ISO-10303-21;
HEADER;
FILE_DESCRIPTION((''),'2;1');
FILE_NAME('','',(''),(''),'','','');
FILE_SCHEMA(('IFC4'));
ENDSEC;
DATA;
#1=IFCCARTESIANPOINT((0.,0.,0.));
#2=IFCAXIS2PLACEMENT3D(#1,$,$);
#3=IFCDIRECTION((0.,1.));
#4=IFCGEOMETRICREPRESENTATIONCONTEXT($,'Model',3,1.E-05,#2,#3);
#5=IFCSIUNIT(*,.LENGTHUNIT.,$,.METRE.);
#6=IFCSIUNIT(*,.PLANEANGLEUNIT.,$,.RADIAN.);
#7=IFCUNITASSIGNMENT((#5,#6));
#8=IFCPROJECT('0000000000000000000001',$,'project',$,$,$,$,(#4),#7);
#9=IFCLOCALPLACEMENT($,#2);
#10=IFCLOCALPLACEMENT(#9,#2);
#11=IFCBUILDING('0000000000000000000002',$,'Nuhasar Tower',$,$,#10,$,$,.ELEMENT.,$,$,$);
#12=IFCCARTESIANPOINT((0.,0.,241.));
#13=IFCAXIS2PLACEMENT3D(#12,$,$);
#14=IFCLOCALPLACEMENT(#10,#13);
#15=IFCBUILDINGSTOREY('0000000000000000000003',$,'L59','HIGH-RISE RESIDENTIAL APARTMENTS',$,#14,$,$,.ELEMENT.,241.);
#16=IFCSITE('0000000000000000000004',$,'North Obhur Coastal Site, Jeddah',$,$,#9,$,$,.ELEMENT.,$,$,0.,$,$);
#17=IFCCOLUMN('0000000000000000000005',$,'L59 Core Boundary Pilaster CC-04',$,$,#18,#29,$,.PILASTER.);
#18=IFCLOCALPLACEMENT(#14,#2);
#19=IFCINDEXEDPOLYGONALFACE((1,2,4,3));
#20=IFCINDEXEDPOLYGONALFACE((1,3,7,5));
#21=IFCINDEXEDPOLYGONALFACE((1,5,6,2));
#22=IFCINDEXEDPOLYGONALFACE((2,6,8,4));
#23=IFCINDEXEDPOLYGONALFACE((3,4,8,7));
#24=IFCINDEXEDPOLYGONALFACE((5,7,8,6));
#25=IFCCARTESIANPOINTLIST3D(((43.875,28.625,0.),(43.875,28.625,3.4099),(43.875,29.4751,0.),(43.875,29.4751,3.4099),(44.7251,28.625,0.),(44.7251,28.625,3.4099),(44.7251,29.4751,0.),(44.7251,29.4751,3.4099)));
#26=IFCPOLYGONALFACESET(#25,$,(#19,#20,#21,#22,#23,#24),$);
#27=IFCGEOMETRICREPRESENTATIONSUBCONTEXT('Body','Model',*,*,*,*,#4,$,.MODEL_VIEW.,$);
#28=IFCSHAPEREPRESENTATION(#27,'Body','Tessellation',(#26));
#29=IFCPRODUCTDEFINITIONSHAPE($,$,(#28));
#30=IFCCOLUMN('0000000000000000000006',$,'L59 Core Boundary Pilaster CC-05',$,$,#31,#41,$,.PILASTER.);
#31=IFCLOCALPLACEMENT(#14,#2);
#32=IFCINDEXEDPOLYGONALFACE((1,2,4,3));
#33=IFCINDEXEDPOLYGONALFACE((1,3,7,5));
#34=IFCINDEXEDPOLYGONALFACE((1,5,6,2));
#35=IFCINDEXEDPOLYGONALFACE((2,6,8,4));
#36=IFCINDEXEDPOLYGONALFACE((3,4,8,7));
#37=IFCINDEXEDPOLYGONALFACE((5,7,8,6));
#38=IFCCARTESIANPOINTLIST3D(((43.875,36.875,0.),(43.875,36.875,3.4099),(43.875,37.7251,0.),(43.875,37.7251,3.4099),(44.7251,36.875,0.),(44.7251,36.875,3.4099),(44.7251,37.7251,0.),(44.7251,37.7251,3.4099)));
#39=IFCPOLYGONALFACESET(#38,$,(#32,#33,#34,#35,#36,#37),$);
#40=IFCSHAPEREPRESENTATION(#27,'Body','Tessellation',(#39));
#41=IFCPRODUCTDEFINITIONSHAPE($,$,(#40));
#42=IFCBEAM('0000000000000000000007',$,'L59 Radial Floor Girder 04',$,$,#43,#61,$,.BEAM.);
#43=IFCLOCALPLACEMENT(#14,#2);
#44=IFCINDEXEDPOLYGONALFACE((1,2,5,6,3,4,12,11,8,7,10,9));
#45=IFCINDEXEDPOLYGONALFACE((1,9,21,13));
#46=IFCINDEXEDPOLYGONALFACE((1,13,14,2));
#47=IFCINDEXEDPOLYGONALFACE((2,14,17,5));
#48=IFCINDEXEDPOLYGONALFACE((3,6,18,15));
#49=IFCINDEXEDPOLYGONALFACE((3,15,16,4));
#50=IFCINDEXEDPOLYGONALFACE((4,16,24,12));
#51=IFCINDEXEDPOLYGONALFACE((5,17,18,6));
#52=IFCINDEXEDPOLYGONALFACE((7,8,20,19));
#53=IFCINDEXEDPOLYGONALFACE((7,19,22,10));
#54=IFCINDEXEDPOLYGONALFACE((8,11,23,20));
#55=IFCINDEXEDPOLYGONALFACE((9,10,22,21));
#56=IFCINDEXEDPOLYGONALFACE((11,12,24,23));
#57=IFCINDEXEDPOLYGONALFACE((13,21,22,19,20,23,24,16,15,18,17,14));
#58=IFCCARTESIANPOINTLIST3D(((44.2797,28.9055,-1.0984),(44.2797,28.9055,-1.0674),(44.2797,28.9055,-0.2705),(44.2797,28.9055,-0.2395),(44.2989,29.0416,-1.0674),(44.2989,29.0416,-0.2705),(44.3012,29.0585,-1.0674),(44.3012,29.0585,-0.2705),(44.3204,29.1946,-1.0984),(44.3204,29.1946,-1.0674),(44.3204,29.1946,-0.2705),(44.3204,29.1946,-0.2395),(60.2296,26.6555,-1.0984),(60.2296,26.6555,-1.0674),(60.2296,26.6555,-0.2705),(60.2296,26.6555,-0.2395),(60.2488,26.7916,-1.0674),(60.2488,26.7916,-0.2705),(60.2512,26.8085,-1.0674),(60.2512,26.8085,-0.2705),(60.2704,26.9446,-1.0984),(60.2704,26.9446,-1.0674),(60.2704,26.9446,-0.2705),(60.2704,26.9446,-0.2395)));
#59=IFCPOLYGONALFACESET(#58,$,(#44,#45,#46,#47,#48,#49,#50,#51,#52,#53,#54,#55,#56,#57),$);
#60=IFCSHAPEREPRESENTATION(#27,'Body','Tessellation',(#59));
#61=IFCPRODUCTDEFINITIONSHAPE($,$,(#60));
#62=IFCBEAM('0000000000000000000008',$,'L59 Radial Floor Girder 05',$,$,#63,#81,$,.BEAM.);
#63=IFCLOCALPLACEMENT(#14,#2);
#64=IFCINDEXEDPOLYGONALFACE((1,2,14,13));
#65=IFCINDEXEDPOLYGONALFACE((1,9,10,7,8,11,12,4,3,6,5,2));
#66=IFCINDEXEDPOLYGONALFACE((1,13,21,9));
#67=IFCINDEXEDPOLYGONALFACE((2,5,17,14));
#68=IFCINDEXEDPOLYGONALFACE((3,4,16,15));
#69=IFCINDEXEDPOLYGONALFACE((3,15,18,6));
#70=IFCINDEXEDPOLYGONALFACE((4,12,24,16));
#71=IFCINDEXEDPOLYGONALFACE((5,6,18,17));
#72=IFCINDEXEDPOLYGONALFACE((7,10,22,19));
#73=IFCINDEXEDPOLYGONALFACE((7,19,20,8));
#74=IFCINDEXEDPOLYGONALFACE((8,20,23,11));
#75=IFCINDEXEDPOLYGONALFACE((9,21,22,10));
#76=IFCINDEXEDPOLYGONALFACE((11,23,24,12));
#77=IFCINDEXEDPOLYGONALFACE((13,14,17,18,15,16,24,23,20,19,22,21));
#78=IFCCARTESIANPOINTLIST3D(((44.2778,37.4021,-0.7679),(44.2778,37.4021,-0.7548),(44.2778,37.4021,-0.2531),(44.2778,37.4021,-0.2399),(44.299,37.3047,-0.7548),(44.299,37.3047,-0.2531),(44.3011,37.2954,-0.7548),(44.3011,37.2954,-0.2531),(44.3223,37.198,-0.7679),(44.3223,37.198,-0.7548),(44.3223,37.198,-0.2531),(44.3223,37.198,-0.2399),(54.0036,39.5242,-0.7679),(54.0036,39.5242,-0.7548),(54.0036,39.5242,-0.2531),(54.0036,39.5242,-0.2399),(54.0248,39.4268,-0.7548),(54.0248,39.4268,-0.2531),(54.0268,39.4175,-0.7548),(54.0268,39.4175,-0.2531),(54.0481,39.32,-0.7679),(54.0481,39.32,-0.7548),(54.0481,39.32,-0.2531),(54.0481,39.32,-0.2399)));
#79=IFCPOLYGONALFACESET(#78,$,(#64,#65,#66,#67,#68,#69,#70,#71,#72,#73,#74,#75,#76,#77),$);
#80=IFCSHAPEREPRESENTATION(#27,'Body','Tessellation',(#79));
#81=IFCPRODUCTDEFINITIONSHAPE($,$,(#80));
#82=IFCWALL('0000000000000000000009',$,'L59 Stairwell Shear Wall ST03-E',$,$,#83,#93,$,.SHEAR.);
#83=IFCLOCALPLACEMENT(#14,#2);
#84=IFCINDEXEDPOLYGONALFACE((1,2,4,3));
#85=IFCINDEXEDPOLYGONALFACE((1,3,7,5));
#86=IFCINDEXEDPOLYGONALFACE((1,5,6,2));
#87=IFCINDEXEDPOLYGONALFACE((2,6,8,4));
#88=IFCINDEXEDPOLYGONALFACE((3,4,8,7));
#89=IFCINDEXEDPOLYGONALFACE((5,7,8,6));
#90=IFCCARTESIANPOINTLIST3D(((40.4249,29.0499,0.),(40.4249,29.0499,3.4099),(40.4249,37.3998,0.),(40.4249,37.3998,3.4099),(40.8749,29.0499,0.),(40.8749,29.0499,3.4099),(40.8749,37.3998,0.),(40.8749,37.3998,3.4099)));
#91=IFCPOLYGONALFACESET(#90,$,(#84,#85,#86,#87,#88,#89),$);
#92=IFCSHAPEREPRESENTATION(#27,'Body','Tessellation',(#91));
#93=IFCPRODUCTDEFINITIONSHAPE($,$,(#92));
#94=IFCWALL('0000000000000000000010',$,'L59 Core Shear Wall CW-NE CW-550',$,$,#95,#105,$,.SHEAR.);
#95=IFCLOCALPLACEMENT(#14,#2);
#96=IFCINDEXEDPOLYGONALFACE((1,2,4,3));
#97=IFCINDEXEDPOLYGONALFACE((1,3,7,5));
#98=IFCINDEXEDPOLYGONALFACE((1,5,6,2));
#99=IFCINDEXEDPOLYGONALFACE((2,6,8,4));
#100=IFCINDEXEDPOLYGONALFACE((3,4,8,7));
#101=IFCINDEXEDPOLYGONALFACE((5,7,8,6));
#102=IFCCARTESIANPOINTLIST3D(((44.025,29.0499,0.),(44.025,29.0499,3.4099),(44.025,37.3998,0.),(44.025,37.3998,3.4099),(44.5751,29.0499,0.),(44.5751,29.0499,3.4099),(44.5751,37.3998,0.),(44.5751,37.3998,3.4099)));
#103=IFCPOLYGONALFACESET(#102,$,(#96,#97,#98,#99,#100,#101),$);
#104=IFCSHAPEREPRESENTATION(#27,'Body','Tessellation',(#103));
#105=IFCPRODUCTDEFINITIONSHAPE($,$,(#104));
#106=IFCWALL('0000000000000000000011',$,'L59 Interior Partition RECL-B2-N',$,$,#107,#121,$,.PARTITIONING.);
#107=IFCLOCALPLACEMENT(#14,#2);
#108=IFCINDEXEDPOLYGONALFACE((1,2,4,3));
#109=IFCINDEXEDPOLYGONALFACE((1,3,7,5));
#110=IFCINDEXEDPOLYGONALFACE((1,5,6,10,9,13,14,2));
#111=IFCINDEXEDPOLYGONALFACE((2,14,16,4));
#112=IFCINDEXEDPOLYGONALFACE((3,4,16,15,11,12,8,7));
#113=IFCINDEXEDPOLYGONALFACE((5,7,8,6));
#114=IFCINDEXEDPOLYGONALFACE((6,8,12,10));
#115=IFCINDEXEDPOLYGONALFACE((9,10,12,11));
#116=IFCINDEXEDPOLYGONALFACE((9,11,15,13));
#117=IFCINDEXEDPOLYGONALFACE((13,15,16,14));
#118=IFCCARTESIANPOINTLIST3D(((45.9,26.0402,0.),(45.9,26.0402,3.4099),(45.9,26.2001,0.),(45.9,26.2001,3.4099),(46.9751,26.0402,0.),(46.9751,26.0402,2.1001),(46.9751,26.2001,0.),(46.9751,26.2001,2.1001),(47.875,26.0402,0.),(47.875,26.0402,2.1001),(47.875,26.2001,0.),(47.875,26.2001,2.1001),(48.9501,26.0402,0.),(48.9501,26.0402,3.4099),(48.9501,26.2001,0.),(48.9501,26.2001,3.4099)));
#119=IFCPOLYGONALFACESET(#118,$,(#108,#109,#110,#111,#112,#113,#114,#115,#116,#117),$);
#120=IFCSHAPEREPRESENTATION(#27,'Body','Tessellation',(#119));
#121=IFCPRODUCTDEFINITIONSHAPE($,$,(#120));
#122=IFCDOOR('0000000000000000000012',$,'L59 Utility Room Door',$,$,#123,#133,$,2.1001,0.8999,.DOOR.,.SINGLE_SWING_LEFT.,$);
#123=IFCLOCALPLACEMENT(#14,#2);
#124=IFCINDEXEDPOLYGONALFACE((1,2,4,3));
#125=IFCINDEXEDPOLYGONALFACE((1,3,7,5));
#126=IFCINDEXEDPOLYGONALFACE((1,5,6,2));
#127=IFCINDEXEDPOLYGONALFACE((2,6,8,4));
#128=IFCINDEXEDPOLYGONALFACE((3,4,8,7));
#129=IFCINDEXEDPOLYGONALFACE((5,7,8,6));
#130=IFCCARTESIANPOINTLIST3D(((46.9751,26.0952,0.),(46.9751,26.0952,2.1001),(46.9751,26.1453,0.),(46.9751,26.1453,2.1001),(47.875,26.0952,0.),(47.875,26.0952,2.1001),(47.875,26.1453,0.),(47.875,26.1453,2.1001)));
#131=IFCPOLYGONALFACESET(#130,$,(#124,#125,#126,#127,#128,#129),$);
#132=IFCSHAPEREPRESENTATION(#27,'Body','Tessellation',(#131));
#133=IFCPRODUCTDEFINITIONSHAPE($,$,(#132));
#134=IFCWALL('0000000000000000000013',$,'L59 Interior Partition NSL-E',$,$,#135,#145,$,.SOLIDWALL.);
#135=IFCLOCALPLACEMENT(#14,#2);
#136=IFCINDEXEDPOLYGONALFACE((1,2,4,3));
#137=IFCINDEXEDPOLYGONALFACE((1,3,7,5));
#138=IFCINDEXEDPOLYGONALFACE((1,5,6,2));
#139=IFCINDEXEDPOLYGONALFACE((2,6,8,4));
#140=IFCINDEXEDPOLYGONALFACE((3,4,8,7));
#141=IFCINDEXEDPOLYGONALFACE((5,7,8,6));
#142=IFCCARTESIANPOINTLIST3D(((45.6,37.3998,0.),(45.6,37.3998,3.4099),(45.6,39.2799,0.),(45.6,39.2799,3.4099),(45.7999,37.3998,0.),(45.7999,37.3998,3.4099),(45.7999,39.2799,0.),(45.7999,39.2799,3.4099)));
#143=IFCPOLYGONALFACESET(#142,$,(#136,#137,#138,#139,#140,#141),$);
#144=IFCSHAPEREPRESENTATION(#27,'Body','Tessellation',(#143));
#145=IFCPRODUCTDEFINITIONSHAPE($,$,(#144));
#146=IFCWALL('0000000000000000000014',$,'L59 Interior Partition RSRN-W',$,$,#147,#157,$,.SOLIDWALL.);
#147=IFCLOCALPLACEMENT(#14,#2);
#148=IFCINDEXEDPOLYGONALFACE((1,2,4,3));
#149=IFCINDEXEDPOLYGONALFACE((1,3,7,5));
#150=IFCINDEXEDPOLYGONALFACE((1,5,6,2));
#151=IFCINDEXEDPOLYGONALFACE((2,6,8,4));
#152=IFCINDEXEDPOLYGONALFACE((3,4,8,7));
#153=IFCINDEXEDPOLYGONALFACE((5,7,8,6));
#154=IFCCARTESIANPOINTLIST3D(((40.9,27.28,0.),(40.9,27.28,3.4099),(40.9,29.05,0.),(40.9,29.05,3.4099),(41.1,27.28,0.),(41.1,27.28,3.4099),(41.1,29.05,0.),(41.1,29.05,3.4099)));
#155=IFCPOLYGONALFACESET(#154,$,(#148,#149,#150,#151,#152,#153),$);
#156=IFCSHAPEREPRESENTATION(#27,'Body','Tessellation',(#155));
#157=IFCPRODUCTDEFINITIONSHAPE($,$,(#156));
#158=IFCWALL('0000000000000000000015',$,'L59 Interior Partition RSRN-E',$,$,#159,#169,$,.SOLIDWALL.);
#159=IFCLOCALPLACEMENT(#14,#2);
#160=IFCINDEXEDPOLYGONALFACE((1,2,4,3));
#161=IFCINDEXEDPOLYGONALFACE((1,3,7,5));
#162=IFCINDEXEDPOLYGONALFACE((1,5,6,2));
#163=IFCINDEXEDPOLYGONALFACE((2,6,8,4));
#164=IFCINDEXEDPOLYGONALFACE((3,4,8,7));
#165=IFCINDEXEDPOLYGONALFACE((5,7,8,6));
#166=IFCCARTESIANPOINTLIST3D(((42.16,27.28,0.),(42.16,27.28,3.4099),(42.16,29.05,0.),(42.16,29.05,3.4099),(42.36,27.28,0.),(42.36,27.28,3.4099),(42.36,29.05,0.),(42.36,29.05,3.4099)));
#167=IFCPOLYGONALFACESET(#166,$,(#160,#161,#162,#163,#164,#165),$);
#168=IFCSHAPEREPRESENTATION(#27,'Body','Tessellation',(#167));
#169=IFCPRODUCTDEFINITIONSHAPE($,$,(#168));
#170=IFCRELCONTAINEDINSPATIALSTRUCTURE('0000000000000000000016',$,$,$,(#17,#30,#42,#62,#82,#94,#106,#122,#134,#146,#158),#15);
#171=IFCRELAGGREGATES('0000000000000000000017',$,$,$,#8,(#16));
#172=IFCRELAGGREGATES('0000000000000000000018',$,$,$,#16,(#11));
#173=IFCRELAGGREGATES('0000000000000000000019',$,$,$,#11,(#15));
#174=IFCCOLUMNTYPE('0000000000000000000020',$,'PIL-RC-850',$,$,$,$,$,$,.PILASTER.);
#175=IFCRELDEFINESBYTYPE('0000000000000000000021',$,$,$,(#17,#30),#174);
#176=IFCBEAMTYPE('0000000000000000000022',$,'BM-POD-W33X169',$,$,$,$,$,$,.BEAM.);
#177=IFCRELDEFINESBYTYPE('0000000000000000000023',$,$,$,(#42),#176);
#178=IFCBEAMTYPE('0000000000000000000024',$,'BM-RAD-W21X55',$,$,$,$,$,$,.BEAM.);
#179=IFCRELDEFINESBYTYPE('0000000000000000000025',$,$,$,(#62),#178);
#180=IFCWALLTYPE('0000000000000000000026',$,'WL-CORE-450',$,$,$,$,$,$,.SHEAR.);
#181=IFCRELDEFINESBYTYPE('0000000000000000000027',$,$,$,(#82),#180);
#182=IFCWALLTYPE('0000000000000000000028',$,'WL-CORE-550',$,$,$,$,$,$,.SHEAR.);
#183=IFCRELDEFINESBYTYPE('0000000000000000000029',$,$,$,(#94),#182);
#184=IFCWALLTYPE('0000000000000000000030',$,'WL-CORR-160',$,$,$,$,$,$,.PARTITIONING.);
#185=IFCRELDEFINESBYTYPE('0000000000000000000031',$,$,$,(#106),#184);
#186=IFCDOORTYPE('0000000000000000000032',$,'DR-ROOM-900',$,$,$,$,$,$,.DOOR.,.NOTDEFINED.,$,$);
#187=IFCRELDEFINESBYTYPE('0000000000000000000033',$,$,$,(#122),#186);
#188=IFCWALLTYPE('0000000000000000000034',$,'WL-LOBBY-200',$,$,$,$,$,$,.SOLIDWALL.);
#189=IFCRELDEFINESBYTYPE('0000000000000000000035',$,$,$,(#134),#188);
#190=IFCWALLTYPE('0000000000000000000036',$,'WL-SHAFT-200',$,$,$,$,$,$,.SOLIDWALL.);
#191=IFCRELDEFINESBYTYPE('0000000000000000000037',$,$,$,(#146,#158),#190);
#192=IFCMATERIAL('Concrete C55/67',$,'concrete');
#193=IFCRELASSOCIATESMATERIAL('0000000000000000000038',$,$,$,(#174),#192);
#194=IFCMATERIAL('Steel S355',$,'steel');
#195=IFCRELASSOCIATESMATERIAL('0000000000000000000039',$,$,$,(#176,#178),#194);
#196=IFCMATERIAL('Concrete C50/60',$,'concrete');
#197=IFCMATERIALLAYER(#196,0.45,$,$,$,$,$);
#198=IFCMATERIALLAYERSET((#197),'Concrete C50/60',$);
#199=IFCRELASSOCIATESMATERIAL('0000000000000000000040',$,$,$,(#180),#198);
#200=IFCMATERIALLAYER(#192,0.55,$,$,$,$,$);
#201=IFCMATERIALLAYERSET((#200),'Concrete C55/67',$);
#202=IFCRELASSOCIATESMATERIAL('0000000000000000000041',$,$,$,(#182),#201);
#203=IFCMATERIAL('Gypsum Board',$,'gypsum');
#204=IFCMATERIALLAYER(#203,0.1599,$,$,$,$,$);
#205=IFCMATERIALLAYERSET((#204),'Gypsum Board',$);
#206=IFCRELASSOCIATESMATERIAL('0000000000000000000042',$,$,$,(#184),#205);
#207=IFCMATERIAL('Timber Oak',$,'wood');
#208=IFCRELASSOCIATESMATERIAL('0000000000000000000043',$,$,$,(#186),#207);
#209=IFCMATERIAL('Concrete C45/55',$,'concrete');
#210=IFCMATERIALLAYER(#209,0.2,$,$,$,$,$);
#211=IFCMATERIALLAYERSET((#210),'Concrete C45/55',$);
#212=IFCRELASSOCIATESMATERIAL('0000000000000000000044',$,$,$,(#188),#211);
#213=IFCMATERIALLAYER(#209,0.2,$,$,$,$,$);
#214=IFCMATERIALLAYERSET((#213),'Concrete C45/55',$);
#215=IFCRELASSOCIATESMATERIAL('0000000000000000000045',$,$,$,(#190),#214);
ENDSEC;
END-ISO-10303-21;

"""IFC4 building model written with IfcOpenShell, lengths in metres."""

from ifc_helpers import new_model, si_unit, direction, frame, frame_2d, origin, origin_2d, place, context, subcontext, project, spatial, rectangle, i_section, extrude, material, layer, layer_set, material_profile, profile_set, type_object, element, fill, save


model = new_model("IFC4")

# Units and contexts
model_context = context("Model", 3, precision=1e-05, world=origin(), true_north=direction((0.0, 1.0)))
body_context = subcontext(model_context, "Body", "Model", "MODEL_VIEW")
ifc_project = project(units=[si_unit("LENGTHUNIT", "METRE"), si_unit("PLANEANGLEUNIT", "RADIAN")], contexts=[model_context])

# Site, building, storey
site_placement = place(None, origin())
site = spatial("IfcSite", under=ifc_project, at=site_placement, Name="North Obhur Coastal Site, Jeddah", CompositionType="ELEMENT", RefElevation=0.0)
building_placement = place(site_placement, origin())
building = spatial("IfcBuilding", under=site, at=building_placement, Name="Nuhasar Tower", CompositionType="ELEMENT")
storey_placement = place(building_placement, frame((0.0, 0.0, 241.0)))
storey = spatial("IfcBuildingStorey", under=building, at=storey_placement, Name="L59", Description="HIGH-RISE RESIDENTIAL APARTMENTS", CompositionType="ELEMENT", Elevation=241.0)

# Columns
ifc_material_1 = material(Name="Concrete C55/67", Category="concrete")
ifc_material_profile_1 = material_profile(ifc_material_1, rectangle(XDim=0.8501, YDim=0.8501, at=origin_2d()), Name="RC850X850")
ifc_profile_set_1 = profile_set([ifc_material_profile_1], Name="Concrete C55/67")
column_type = type_object("IfcColumnType", Name="PIL-RC-850", PredefinedType="PILASTER", material=ifc_profile_set_1)
for number, where, z_axis, x_axis, name in (
    (1, (44.3, 29.05, 0.0), (0.0, 0.0, 1.0), (1.0, 0.0, 0.0), "L59 Core Boundary Pilaster CC-04"),
    (2, (44.3, 37.3, 0.0), (0.0, 0.0, 1.0), (1.0, 0.0, 0.0), "L59 Core Boundary Pilaster CC-05"),
):
    element("IfcColumn", number, at=place(storey_placement, frame(where, z_axis=z_axis, x_axis=x_axis)), inside=storey, type_object=column_type, Name=name, PredefinedType="PILASTER", context=body_context, shape_type="SweptSolid", body=[
        extrude(rectangle(XDim=0.8501, YDim=0.8501, at=origin_2d()), origin(), (0.0, 0.0, 1.0), 3.4099),
    ])

# Beams
ifc_material_2 = material(Name="Steel S355", Category="steel")
ifc_material_profile_2 = material_profile(ifc_material_2, i_section(OverallWidth=0.292, OverallDepth=0.8589, WebThickness=0.0171, FlangeThickness=0.031, at=origin_2d()), Name="W33X169")
ifc_profile_set_2 = profile_set([ifc_material_profile_2], Name="Steel S355")
beam_type_1 = type_object("IfcBeamType", Name="BM-POD-W33X169", PredefinedType="BEAM", material=ifc_profile_set_2)
beam_1_placement = place(storey_placement, frame((44.3, 29.05, -0.6689), z_axis=(0.990196, -0.139683, 0.0), x_axis=(0.139683, 0.990196, 0.0)))
element("IfcBeam", 3, at=beam_1_placement, inside=storey, type_object=beam_type_1, Name="L59 Radial Floor Girder 04", PredefinedType="BEAM", context=body_context, shape_type="SweptSolid", body=[
    extrude(i_section(OverallWidth=0.292, OverallDepth=0.8589, WebThickness=0.0171, FlangeThickness=0.031, at=origin_2d()), origin(), (0.0, 0.0, 1.0), 16.1079),
])
ifc_material_profile_3 = material_profile(ifc_material_2, i_section(OverallWidth=0.209, OverallDepth=0.5281, WebThickness=0.0095, FlangeThickness=0.0132, at=origin_2d()), Name="W21X55")
ifc_profile_set_3 = profile_set([ifc_material_profile_3], Name="Steel S355")
beam_type_2 = type_object("IfcBeamType", Name="BM-RAD-W21X55", PredefinedType="BEAM", material=ifc_profile_set_3)
beam_2_placement = place(storey_placement, frame((44.3, 37.3, -0.5039), z_axis=(0.977014, 0.213174, 0.0), x_axis=(-0.213174, 0.977014, 0.0)))
element("IfcBeam", 4, at=beam_2_placement, inside=storey, type_object=beam_type_2, Name="L59 Radial Floor Girder 05", PredefinedType="BEAM", context=body_context, shape_type="SweptSolid", body=[
    extrude(i_section(OverallWidth=0.209, OverallDepth=0.5281, WebThickness=0.0095, FlangeThickness=0.0132, at=origin_2d()), origin(), (0.0, 0.0, 1.0), 9.9546),
])

# Shared definitions
ifc_material_3 = material(Name="Concrete C50/60", Category="concrete")
ifc_layer_1 = layer(ifc_material_3, 0.45)
ifc_layer_set_1 = layer_set([ifc_layer_1], Name="Concrete C50/60")
wall_type_1 = type_object("IfcWallType", Name="WL-CORE-450", PredefinedType="SHEAR", material=ifc_layer_set_1)

# Wall
wall_1_placement = place(storey_placement, frame((40.6499, 29.05, 0.0), z_axis=(0.0, 0.0, 1.0), x_axis=(0.0, 1.0, 0.0)))
element("IfcWall", 5, at=wall_1_placement, inside=storey, type_object=wall_type_1, Name="L59 Stairwell Shear Wall ST03-E", PredefinedType="SHEAR", context=body_context, shape_type="SweptSolid", body=[
    extrude(rectangle(XDim=8.3499, YDim=0.45, at=frame_2d((4.1748, 0.0))), origin(), (0.0, 0.0, 1.0), 3.4099),
])

# Wall
ifc_layer_2 = layer(ifc_material_1, 0.55)
ifc_layer_set_2 = layer_set([ifc_layer_2], Name="Concrete C55/67")
wall_type_2 = type_object("IfcWallType", Name="WL-CORE-550", PredefinedType="SHEAR", material=ifc_layer_set_2)
wall_2_placement = place(storey_placement, frame((44.3, 29.05, 0.0), z_axis=(0.0, 0.0, 1.0), x_axis=(0.0, 1.0, 0.0)))
element("IfcWall", 6, at=wall_2_placement, inside=storey, type_object=wall_type_2, Name="L59 Core Shear Wall CW-NE CW-550", PredefinedType="SHEAR", context=body_context, shape_type="SweptSolid", body=[
    extrude(rectangle(XDim=8.3499, YDim=0.55, at=frame_2d((4.1748, 0.0))), origin(), (0.0, 0.0, 1.0), 3.4099),
])

# Wall, opening, door
ifc_material_4 = material(Name="Gypsum Board", Category="gypsum")
ifc_layer_3 = layer(ifc_material_4, 0.1599)
ifc_layer_set_3 = layer_set([ifc_layer_3], Name="Gypsum Board")
wall_type_3 = type_object("IfcWallType", Name="WL-CORR-160", PredefinedType="PARTITIONING", material=ifc_layer_set_3)
wall_3_placement = place(storey_placement, frame((48.95, 26.1201, 0.0), z_axis=(0.0, 0.0, 1.0), x_axis=(-1.0, 0.0, 0.0)))
wall_3 = element("IfcWall", 7, at=wall_3_placement, inside=storey, type_object=wall_type_3, Name="L59 Interior Partition RECL-B2-N", PredefinedType="PARTITIONING", context=body_context, shape_type="SweptSolid", body=[
    extrude(rectangle(XDim=3.05, YDim=0.1599, at=frame_2d((1.5249, 0.0))), origin(), (0.0, 0.0, 1.0), 3.4099),
])
opening_1_placement = place(wall_3_placement, frame((1.075, 0.0, 0.0)))
opening_1 = element("IfcOpeningElement", 8, at=opening_1_placement, cuts=wall_3, PredefinedType="OPENING", context=body_context, shape_type="SweptSolid", body=[
    extrude(rectangle(XDim=0.8999, YDim=2.1001, at=frame_2d((0.45, 1.05))), frame((0.0, 0.0898, 0.0), z_axis=(0.0, -1.0, 0.0), x_axis=(1.0, 0.0, 0.0)), (0.0, 0.0, 1.0), 0.1799),
])
ifc_material_5 = material(Name="Timber Oak", Category="wood")
door_type_1 = type_object("IfcDoorType", Name="DR-ROOM-900", OperationType="NOTDEFINED", PredefinedType="DOOR", material=ifc_material_5)
door_1_placement = place(opening_1_placement, origin())
door_1 = element("IfcDoor", 9, at=door_1_placement, inside=storey, type_object=door_type_1, Name="L59 Utility Room Door", OperationType="SINGLE_SWING_LEFT", OverallHeight=2.1001, OverallWidth=0.8999, PredefinedType="DOOR", context=body_context, shape_type="SweptSolid", body=[
    extrude(rectangle(XDim=0.8999, YDim=2.1001, at=frame_2d((0.45, 1.05))), frame((0.0, 0.0249, 0.0), z_axis=(0.0, -1.0, 0.0), x_axis=(1.0, 0.0, 0.0)), (0.0, 0.0, 1.0), 0.05),
])
fill(opening_1, door_1)

# Walls
ifc_material_6 = material(Name="Concrete C45/55", Category="concrete")
ifc_layer_4 = layer(ifc_material_6, 0.2)
ifc_layer_set_4 = layer_set([ifc_layer_4], Name="Concrete C45/55")
wall_type_4 = type_object("IfcWallType", Name="WL-LOBBY-200", PredefinedType="SOLIDWALL", material=ifc_layer_set_4)
wall_4_placement = place(storey_placement, frame((45.7, 37.3999, 0.0), z_axis=(0.0, 0.0, 1.0), x_axis=(0.0, 1.0, 0.0)))
element("IfcWall", 10, at=wall_4_placement, inside=storey, type_object=wall_type_4, Name="L59 Interior Partition NSL-E", PredefinedType="SOLIDWALL", context=body_context, shape_type="SweptSolid", body=[
    extrude(rectangle(XDim=1.8801, YDim=0.2, at=frame_2d((0.9399, 0.0))), origin(), (0.0, 0.0, 1.0), 3.4099),
])
ifc_layer_5 = layer(ifc_material_6, 0.2)
ifc_layer_set_5 = layer_set([ifc_layer_5], Name="Concrete C45/55")
wall_type_5 = type_object("IfcWallType", Name="WL-SHAFT-200", PredefinedType="SOLIDWALL", material=ifc_layer_set_5)
for number, where, z_axis, x_axis, name in (
    (11, (41.0, 27.28, 0.0), (0.0, 0.0, 1.0), (0.0, 1.0, 0.0), "L59 Interior Partition RSRN-W"),
    (12, (42.26, 27.28, 0.0), (0.0, 0.0, 1.0), (0.0, 1.0, 0.0), "L59 Interior Partition RSRN-E"),
):
    element("IfcWall", number, at=place(storey_placement, frame(where, z_axis=z_axis, x_axis=x_axis)), inside=storey, type_object=wall_type_5, Name=name, PredefinedType="SOLIDWALL", context=body_context, shape_type="SweptSolid", body=[
        extrude(rectangle(XDim=1.77, YDim=0.2, at=frame_2d((0.885, 0.0))), origin(), (0.0, 0.0, 1.0), 3.4099),
    ])

save(model, "model.ifc")
